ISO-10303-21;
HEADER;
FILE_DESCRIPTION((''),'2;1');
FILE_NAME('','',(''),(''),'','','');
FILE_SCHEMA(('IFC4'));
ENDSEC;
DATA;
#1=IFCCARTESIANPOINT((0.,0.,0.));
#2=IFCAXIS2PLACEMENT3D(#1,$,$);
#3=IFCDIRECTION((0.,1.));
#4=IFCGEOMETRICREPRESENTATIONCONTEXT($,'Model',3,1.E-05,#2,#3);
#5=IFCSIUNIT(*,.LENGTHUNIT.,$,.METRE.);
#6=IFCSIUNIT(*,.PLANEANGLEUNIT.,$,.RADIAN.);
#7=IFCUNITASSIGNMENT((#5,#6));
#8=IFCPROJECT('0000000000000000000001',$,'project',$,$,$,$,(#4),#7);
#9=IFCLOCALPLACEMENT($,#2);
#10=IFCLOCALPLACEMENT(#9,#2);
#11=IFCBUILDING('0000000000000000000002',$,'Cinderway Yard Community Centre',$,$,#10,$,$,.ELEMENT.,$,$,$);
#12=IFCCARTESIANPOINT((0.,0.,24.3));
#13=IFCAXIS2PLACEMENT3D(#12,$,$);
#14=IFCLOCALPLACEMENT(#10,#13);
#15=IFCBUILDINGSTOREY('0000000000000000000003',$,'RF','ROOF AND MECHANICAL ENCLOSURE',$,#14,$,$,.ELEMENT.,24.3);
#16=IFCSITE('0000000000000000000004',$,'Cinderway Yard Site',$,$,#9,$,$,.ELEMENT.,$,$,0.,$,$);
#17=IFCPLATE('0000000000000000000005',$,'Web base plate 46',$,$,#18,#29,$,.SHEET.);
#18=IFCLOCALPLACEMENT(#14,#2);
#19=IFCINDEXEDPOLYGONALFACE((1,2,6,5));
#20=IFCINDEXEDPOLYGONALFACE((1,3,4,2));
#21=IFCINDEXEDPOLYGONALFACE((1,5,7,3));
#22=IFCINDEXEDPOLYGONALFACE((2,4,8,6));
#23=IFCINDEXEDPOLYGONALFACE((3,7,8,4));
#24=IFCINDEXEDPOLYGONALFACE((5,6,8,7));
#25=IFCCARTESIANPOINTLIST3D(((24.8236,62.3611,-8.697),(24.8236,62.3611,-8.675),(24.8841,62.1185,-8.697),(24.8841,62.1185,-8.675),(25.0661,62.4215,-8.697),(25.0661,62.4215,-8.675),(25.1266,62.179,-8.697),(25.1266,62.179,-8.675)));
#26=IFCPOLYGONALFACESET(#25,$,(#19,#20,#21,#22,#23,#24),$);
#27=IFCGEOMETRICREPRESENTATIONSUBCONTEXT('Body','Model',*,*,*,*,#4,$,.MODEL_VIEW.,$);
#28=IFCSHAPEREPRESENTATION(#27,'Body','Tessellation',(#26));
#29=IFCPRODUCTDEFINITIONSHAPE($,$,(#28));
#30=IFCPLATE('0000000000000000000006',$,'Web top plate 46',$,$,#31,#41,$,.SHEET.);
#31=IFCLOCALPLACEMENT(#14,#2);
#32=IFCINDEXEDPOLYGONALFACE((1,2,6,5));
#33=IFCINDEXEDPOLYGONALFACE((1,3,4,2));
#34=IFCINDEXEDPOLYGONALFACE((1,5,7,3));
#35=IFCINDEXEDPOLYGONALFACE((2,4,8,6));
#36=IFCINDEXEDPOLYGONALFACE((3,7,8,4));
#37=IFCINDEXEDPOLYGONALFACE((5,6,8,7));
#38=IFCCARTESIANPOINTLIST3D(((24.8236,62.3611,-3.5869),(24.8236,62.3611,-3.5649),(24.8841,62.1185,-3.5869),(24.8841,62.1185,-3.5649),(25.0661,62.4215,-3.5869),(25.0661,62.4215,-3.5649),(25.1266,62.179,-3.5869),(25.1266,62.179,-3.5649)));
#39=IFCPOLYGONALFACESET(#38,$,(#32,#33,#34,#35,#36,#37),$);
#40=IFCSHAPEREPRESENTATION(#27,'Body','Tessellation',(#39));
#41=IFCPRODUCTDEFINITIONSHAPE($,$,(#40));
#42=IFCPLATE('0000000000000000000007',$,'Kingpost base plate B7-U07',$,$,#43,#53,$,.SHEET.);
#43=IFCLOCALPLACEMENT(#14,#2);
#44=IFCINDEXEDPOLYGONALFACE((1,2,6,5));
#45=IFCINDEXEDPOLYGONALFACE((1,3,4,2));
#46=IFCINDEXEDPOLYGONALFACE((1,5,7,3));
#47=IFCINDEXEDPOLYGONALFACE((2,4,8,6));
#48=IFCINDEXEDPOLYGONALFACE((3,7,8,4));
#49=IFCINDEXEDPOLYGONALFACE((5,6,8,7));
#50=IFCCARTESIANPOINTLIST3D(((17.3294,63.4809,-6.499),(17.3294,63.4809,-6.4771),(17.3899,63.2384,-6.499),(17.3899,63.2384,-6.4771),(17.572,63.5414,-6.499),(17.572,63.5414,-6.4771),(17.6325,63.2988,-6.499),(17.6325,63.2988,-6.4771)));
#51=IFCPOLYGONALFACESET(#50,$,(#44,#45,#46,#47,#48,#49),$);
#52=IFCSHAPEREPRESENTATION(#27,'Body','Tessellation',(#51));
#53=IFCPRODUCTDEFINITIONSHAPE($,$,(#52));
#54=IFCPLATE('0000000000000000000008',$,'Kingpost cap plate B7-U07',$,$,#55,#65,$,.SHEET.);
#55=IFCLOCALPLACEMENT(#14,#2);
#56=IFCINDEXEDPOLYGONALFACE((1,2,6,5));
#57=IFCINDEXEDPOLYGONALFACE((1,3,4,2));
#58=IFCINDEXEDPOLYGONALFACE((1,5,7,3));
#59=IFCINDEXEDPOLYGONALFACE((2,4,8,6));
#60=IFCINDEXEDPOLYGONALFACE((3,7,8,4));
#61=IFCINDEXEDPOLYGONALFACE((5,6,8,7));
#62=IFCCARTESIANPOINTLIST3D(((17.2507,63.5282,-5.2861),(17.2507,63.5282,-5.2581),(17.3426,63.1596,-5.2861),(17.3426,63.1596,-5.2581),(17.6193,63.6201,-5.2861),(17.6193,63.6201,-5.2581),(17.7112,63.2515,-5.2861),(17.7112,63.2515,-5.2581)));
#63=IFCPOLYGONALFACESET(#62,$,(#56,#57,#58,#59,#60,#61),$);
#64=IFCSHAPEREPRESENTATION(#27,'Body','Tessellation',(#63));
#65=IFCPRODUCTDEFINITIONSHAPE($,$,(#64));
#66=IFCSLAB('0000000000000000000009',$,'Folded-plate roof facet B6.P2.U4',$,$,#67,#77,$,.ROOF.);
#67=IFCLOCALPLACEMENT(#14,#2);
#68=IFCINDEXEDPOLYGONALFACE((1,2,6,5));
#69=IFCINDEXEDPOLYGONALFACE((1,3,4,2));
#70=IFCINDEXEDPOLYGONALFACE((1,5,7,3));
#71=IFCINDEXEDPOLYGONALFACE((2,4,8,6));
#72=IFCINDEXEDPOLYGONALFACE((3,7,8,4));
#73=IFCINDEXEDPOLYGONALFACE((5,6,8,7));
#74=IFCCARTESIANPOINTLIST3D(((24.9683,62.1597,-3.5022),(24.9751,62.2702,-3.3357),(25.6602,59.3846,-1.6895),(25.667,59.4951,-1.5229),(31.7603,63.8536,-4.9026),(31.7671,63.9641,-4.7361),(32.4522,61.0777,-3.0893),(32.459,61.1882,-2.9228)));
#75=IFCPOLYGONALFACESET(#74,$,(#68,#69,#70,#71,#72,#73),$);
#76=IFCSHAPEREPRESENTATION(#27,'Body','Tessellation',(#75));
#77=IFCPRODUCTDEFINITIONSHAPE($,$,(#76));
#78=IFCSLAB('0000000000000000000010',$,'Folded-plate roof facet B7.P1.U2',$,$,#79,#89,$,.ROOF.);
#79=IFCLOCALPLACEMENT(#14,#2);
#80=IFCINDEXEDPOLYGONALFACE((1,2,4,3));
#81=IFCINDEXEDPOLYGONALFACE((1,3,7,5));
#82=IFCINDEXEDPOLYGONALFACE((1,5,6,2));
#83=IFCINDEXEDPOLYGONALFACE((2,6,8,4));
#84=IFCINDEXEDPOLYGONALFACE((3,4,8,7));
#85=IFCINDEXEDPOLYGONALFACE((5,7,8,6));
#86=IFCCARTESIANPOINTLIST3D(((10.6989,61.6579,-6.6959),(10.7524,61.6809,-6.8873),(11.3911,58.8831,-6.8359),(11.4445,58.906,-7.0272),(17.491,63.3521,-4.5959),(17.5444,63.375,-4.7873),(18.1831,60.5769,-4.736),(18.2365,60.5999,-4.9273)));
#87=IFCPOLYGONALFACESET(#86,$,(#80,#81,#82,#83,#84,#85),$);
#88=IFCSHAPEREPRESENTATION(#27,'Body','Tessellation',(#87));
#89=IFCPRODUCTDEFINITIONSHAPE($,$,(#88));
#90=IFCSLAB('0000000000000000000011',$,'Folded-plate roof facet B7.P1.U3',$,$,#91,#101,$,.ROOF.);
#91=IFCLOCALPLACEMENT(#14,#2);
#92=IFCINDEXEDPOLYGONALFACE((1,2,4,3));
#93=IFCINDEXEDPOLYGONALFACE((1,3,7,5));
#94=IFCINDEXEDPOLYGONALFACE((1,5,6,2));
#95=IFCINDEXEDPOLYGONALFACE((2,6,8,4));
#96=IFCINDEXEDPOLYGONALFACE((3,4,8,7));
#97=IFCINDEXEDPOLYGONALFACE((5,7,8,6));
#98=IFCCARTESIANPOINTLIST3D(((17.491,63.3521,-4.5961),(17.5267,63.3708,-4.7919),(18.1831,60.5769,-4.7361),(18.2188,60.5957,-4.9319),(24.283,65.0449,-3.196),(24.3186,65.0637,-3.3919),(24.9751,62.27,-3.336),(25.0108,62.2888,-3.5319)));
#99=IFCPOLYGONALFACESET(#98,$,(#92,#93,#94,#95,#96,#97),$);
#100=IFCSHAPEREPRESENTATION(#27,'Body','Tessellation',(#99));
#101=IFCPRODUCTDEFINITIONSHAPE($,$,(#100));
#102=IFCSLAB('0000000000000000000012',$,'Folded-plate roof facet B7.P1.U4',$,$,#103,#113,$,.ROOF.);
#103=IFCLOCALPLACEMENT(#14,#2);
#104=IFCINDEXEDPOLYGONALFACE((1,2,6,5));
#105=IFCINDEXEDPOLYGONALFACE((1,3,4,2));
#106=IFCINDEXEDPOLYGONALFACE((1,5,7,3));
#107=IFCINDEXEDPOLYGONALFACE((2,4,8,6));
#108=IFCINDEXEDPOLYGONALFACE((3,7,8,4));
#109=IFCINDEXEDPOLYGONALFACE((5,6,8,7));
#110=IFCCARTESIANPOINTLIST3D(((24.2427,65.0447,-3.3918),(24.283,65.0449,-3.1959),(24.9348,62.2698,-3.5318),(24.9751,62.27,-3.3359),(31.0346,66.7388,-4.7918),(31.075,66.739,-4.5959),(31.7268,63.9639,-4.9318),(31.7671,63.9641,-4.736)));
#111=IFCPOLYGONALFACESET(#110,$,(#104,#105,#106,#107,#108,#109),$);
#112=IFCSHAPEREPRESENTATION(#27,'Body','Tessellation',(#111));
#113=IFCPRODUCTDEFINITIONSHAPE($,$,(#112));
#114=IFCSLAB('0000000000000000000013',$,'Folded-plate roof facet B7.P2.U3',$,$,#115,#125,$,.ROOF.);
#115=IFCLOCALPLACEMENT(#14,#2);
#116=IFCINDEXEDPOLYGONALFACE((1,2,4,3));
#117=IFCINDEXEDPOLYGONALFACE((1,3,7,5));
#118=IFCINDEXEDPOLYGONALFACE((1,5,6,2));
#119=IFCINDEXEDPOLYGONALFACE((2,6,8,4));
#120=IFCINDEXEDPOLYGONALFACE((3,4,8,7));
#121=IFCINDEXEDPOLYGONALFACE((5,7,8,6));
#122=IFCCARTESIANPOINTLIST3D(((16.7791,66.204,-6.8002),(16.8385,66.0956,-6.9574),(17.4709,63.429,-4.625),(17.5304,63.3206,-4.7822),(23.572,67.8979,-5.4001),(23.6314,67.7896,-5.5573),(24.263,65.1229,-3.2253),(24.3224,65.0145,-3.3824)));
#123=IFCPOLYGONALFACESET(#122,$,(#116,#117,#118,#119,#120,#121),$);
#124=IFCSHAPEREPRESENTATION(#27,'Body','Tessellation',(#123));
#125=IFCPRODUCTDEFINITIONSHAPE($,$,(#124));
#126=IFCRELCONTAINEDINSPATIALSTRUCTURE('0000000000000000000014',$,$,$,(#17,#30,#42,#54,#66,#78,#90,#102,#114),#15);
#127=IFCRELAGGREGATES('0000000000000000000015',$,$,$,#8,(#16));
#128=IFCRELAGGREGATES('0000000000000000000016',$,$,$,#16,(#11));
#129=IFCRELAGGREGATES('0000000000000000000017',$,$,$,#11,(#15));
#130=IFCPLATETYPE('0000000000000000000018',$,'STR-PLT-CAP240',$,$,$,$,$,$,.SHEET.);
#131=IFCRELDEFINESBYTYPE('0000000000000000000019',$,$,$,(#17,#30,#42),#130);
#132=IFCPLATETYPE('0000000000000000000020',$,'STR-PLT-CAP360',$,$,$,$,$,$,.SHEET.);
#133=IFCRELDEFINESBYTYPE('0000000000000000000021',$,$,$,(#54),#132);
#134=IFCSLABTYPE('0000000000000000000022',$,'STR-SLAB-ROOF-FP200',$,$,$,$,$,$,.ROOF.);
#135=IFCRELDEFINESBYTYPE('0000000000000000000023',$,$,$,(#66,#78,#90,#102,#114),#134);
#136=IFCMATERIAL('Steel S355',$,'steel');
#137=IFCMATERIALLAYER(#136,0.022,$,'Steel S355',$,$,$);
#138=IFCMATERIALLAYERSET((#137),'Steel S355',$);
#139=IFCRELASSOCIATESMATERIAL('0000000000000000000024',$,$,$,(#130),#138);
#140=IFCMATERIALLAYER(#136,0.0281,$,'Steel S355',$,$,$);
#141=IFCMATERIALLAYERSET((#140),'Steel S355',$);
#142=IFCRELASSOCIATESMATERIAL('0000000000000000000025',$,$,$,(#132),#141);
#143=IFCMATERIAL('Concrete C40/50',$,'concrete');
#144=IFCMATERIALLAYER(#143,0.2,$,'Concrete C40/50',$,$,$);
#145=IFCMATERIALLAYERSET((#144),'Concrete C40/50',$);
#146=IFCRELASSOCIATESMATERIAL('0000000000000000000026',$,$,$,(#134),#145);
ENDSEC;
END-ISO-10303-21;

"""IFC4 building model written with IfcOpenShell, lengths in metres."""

from ifc_helpers import new_model, si_unit, direction, frame, origin, origin_2d, place, context, subcontext, project, spatial, polyline, rectangle, outline, extrude, material, layer, layer_set, type_object, element, save


model = new_model("IFC4")

# Units and contexts
model_context = context("Model", 3, precision=1e-05, world=origin(), true_north=direction((0.0, 1.0)))
body_context = subcontext(model_context, "Body", "Model", "MODEL_VIEW")
ifc_project = project(units=[si_unit("LENGTHUNIT", "METRE"), si_unit("PLANEANGLEUNIT", "RADIAN")], contexts=[model_context])

# Site, building, storey
site_placement = place(None, origin())
site = spatial("IfcSite", under=ifc_project, at=site_placement, Name="Cinderway Yard Site", CompositionType="ELEMENT", RefElevation=0.0)
building_placement = place(site_placement, origin())
building = spatial("IfcBuilding", under=site, at=building_placement, Name="Cinderway Yard Community Centre", CompositionType="ELEMENT")
storey_placement = place(building_placement, frame((0.0, 0.0, 24.3)))
storey = spatial("IfcBuildingStorey", under=building, at=storey_placement, Name="RF", Description="ROOF AND MECHANICAL ENCLOSURE", CompositionType="ELEMENT", Elevation=24.3)

# Shared definitions
ifc_material_1 = material(Name="Concrete C40/50", Category="concrete")
ifc_material_2 = material(Name="Steel S355", Category="steel")

# Plates
ifc_layer_1 = layer(ifc_material_2, 0.022, Name="Steel S355")
ifc_layer_set_1 = layer_set([ifc_layer_1], Name="Steel S355")
plate_type_1 = type_object("IfcPlateType", Name="STR-PLT-CAP240", PredefinedType="SHEET", material=ifc_layer_set_1)
for number, where, z_axis, x_axis, name in (
    (1, (24.9751, 62.27, -8.697), (0.0, 0.0, 1.0), (0.970296, 0.241922, 0.0), "Web base plate 46"),
    (2, (24.9751, 62.27, -3.5869), (0.0, 0.0, 1.0), (0.970296, 0.241922, 0.0), "Web top plate 46"),
    (3, (17.481, 63.3899, -6.499), (0.0, 0.0, 1.0), (0.970296, 0.241922, 0.0), "Kingpost base plate B7-U07"),
):
    element("IfcPlate", number, at=place(storey_placement, frame(where, z_axis=z_axis, x_axis=x_axis)), inside=storey, type_object=plate_type_1, Name=name, PredefinedType="SHEET", context=body_context, shape_type="SweptSolid", body=[
        extrude(rectangle(XDim=0.25, YDim=0.25, at=origin_2d()), origin(), (0.0, 0.0, 1.0), 0.022),
    ])
ifc_layer_2 = layer(ifc_material_2, 0.0281, Name="Steel S355")
ifc_layer_set_2 = layer_set([ifc_layer_2], Name="Steel S355")
plate_type_2 = type_object("IfcPlateType", Name="STR-PLT-CAP360", PredefinedType="SHEET", material=ifc_layer_set_2)
plate_placement = place(storey_placement, frame((17.481, 63.3899, -5.2861), z_axis=(0.0, 0.0, 1.0), x_axis=(0.970296, 0.241922, 0.0)))
element("IfcPlate", 4, at=plate_placement, inside=storey, type_object=plate_type_2, Name="Kingpost cap plate B7-U07", PredefinedType="SHEET", context=body_context, shape_type="SweptSolid", body=[
    extrude(rectangle(XDim=0.3799, YDim=0.3799, at=origin_2d()), origin(), (0.0, 0.0, 1.0), 0.0281),
])

# Slabs
ifc_layer_3 = layer(ifc_material_1, 0.2, Name="Concrete C40/50")
ifc_layer_set_3 = layer_set([ifc_layer_3], Name="Concrete C40/50")
slab_type = type_object("IfcSlabType", Name="STR-SLAB-ROOF-FP200", PredefinedType="ROOF", material=ifc_layer_set_3)
slab_1_placement = place(storey_placement, frame((25.667, 59.4951, -1.5229), z_axis=(0.033935, 0.552476, 0.832838), x_axis=(0.951468, 0.237175, -0.196102)))
element("IfcSlab", 5, at=slab_1_placement, inside=storey, type_object=slab_type, Name="Folded-plate roof facet B6.P2.U4", PredefinedType="ROOF", context=body_context, shape_type="SweptSolid", body=[
    extrude(outline(polyline([(0.0, 0.0), (7.1384, 0.0), (7.4941, 3.3684), (0.3554, 3.3674), (0.0, 0.0)])), origin(), (0.0, 0.0, -1.0), 0.2),
])
slab_2_placement = place(storey_placement, frame((11.3911, 58.8831, -6.8359), z_axis=(-0.267161, -0.114909, 0.956776), x_axis=(0.929363, 0.231772, 0.287342)))
element("IfcSlab", 6, at=slab_2_placement, inside=storey, type_object=slab_type, Name="Folded-plate roof facet B7.P1.U2", PredefinedType="ROOF", context=body_context, shape_type="SweptSolid", body=[
    extrude(outline(polyline([(0.0, 0.0), (7.3082, 0.0), (7.3484, 2.8633), (0.0401, 2.8631), (0.0, 0.0)])), origin(), (0.0, 0.0, -1.0), 0.2),
])
slab_3_placement = place(storey_placement, frame((18.1831, 60.5769, -4.7361), z_axis=(-0.178478, -0.093934, 0.97945), x_axis=(0.951462, 0.237182, 0.196125)))
element("IfcSlab", 7, at=slab_3_placement, inside=storey, type_object=slab_type, Name="Folded-plate roof facet B7.P1.U3", PredefinedType="ROOF", context=body_context, shape_type="SweptSolid", body=[
    extrude(outline(polyline([(0.0, 0.0), (7.1385, 0.0), (7.1656, 2.8632), (0.0272, 2.8635), (0.0, 0.0)])), origin(), (0.0, 0.0, -1.0), 0.2),
])
slab_4_placement = place(storey_placement, frame((24.9751, 62.27, -3.3359), z_axis=(0.201673, 0.000882, 0.979452), x_axis=(0.951432, 0.23731, -0.196117)))
element("IfcSlab", 8, at=slab_4_placement, inside=storey, type_object=slab_type, Name="Folded-plate roof facet B7.P1.U4", PredefinedType="ROOF", context=body_context, shape_type="SweptSolid", body=[
    extrude(outline(polyline([(0.0, 0.0), (7.1387, 0.0), (7.1112, 2.8632), (-0.0274, 2.8632), (0.0, 0.0)])), origin(), (0.0, 0.0, -1.0), 0.2),
])
slab_5_placement = place(storey_placement, frame((17.4709, 63.429, -4.625), z_axis=(-0.297182, 0.542052, 0.786042), x_axis=(0.951443, 0.237295, 0.196078)))
element("IfcSlab", 9, at=slab_5_placement, inside=storey, type_object=slab_type, Name="Folded-plate roof facet B7.P2.U3", PredefinedType="ROOF", context=body_context, shape_type="SweptSolid", body=[
    extrude(outline(polyline([(0.0, 0.0), (7.1387, 0.0), (6.7133, 3.5675), (-0.4262, 3.5678), (0.0, 0.0)])), origin(), (0.0, 0.0, -1.0), 0.2),
])

save(model, "model.ifc")
